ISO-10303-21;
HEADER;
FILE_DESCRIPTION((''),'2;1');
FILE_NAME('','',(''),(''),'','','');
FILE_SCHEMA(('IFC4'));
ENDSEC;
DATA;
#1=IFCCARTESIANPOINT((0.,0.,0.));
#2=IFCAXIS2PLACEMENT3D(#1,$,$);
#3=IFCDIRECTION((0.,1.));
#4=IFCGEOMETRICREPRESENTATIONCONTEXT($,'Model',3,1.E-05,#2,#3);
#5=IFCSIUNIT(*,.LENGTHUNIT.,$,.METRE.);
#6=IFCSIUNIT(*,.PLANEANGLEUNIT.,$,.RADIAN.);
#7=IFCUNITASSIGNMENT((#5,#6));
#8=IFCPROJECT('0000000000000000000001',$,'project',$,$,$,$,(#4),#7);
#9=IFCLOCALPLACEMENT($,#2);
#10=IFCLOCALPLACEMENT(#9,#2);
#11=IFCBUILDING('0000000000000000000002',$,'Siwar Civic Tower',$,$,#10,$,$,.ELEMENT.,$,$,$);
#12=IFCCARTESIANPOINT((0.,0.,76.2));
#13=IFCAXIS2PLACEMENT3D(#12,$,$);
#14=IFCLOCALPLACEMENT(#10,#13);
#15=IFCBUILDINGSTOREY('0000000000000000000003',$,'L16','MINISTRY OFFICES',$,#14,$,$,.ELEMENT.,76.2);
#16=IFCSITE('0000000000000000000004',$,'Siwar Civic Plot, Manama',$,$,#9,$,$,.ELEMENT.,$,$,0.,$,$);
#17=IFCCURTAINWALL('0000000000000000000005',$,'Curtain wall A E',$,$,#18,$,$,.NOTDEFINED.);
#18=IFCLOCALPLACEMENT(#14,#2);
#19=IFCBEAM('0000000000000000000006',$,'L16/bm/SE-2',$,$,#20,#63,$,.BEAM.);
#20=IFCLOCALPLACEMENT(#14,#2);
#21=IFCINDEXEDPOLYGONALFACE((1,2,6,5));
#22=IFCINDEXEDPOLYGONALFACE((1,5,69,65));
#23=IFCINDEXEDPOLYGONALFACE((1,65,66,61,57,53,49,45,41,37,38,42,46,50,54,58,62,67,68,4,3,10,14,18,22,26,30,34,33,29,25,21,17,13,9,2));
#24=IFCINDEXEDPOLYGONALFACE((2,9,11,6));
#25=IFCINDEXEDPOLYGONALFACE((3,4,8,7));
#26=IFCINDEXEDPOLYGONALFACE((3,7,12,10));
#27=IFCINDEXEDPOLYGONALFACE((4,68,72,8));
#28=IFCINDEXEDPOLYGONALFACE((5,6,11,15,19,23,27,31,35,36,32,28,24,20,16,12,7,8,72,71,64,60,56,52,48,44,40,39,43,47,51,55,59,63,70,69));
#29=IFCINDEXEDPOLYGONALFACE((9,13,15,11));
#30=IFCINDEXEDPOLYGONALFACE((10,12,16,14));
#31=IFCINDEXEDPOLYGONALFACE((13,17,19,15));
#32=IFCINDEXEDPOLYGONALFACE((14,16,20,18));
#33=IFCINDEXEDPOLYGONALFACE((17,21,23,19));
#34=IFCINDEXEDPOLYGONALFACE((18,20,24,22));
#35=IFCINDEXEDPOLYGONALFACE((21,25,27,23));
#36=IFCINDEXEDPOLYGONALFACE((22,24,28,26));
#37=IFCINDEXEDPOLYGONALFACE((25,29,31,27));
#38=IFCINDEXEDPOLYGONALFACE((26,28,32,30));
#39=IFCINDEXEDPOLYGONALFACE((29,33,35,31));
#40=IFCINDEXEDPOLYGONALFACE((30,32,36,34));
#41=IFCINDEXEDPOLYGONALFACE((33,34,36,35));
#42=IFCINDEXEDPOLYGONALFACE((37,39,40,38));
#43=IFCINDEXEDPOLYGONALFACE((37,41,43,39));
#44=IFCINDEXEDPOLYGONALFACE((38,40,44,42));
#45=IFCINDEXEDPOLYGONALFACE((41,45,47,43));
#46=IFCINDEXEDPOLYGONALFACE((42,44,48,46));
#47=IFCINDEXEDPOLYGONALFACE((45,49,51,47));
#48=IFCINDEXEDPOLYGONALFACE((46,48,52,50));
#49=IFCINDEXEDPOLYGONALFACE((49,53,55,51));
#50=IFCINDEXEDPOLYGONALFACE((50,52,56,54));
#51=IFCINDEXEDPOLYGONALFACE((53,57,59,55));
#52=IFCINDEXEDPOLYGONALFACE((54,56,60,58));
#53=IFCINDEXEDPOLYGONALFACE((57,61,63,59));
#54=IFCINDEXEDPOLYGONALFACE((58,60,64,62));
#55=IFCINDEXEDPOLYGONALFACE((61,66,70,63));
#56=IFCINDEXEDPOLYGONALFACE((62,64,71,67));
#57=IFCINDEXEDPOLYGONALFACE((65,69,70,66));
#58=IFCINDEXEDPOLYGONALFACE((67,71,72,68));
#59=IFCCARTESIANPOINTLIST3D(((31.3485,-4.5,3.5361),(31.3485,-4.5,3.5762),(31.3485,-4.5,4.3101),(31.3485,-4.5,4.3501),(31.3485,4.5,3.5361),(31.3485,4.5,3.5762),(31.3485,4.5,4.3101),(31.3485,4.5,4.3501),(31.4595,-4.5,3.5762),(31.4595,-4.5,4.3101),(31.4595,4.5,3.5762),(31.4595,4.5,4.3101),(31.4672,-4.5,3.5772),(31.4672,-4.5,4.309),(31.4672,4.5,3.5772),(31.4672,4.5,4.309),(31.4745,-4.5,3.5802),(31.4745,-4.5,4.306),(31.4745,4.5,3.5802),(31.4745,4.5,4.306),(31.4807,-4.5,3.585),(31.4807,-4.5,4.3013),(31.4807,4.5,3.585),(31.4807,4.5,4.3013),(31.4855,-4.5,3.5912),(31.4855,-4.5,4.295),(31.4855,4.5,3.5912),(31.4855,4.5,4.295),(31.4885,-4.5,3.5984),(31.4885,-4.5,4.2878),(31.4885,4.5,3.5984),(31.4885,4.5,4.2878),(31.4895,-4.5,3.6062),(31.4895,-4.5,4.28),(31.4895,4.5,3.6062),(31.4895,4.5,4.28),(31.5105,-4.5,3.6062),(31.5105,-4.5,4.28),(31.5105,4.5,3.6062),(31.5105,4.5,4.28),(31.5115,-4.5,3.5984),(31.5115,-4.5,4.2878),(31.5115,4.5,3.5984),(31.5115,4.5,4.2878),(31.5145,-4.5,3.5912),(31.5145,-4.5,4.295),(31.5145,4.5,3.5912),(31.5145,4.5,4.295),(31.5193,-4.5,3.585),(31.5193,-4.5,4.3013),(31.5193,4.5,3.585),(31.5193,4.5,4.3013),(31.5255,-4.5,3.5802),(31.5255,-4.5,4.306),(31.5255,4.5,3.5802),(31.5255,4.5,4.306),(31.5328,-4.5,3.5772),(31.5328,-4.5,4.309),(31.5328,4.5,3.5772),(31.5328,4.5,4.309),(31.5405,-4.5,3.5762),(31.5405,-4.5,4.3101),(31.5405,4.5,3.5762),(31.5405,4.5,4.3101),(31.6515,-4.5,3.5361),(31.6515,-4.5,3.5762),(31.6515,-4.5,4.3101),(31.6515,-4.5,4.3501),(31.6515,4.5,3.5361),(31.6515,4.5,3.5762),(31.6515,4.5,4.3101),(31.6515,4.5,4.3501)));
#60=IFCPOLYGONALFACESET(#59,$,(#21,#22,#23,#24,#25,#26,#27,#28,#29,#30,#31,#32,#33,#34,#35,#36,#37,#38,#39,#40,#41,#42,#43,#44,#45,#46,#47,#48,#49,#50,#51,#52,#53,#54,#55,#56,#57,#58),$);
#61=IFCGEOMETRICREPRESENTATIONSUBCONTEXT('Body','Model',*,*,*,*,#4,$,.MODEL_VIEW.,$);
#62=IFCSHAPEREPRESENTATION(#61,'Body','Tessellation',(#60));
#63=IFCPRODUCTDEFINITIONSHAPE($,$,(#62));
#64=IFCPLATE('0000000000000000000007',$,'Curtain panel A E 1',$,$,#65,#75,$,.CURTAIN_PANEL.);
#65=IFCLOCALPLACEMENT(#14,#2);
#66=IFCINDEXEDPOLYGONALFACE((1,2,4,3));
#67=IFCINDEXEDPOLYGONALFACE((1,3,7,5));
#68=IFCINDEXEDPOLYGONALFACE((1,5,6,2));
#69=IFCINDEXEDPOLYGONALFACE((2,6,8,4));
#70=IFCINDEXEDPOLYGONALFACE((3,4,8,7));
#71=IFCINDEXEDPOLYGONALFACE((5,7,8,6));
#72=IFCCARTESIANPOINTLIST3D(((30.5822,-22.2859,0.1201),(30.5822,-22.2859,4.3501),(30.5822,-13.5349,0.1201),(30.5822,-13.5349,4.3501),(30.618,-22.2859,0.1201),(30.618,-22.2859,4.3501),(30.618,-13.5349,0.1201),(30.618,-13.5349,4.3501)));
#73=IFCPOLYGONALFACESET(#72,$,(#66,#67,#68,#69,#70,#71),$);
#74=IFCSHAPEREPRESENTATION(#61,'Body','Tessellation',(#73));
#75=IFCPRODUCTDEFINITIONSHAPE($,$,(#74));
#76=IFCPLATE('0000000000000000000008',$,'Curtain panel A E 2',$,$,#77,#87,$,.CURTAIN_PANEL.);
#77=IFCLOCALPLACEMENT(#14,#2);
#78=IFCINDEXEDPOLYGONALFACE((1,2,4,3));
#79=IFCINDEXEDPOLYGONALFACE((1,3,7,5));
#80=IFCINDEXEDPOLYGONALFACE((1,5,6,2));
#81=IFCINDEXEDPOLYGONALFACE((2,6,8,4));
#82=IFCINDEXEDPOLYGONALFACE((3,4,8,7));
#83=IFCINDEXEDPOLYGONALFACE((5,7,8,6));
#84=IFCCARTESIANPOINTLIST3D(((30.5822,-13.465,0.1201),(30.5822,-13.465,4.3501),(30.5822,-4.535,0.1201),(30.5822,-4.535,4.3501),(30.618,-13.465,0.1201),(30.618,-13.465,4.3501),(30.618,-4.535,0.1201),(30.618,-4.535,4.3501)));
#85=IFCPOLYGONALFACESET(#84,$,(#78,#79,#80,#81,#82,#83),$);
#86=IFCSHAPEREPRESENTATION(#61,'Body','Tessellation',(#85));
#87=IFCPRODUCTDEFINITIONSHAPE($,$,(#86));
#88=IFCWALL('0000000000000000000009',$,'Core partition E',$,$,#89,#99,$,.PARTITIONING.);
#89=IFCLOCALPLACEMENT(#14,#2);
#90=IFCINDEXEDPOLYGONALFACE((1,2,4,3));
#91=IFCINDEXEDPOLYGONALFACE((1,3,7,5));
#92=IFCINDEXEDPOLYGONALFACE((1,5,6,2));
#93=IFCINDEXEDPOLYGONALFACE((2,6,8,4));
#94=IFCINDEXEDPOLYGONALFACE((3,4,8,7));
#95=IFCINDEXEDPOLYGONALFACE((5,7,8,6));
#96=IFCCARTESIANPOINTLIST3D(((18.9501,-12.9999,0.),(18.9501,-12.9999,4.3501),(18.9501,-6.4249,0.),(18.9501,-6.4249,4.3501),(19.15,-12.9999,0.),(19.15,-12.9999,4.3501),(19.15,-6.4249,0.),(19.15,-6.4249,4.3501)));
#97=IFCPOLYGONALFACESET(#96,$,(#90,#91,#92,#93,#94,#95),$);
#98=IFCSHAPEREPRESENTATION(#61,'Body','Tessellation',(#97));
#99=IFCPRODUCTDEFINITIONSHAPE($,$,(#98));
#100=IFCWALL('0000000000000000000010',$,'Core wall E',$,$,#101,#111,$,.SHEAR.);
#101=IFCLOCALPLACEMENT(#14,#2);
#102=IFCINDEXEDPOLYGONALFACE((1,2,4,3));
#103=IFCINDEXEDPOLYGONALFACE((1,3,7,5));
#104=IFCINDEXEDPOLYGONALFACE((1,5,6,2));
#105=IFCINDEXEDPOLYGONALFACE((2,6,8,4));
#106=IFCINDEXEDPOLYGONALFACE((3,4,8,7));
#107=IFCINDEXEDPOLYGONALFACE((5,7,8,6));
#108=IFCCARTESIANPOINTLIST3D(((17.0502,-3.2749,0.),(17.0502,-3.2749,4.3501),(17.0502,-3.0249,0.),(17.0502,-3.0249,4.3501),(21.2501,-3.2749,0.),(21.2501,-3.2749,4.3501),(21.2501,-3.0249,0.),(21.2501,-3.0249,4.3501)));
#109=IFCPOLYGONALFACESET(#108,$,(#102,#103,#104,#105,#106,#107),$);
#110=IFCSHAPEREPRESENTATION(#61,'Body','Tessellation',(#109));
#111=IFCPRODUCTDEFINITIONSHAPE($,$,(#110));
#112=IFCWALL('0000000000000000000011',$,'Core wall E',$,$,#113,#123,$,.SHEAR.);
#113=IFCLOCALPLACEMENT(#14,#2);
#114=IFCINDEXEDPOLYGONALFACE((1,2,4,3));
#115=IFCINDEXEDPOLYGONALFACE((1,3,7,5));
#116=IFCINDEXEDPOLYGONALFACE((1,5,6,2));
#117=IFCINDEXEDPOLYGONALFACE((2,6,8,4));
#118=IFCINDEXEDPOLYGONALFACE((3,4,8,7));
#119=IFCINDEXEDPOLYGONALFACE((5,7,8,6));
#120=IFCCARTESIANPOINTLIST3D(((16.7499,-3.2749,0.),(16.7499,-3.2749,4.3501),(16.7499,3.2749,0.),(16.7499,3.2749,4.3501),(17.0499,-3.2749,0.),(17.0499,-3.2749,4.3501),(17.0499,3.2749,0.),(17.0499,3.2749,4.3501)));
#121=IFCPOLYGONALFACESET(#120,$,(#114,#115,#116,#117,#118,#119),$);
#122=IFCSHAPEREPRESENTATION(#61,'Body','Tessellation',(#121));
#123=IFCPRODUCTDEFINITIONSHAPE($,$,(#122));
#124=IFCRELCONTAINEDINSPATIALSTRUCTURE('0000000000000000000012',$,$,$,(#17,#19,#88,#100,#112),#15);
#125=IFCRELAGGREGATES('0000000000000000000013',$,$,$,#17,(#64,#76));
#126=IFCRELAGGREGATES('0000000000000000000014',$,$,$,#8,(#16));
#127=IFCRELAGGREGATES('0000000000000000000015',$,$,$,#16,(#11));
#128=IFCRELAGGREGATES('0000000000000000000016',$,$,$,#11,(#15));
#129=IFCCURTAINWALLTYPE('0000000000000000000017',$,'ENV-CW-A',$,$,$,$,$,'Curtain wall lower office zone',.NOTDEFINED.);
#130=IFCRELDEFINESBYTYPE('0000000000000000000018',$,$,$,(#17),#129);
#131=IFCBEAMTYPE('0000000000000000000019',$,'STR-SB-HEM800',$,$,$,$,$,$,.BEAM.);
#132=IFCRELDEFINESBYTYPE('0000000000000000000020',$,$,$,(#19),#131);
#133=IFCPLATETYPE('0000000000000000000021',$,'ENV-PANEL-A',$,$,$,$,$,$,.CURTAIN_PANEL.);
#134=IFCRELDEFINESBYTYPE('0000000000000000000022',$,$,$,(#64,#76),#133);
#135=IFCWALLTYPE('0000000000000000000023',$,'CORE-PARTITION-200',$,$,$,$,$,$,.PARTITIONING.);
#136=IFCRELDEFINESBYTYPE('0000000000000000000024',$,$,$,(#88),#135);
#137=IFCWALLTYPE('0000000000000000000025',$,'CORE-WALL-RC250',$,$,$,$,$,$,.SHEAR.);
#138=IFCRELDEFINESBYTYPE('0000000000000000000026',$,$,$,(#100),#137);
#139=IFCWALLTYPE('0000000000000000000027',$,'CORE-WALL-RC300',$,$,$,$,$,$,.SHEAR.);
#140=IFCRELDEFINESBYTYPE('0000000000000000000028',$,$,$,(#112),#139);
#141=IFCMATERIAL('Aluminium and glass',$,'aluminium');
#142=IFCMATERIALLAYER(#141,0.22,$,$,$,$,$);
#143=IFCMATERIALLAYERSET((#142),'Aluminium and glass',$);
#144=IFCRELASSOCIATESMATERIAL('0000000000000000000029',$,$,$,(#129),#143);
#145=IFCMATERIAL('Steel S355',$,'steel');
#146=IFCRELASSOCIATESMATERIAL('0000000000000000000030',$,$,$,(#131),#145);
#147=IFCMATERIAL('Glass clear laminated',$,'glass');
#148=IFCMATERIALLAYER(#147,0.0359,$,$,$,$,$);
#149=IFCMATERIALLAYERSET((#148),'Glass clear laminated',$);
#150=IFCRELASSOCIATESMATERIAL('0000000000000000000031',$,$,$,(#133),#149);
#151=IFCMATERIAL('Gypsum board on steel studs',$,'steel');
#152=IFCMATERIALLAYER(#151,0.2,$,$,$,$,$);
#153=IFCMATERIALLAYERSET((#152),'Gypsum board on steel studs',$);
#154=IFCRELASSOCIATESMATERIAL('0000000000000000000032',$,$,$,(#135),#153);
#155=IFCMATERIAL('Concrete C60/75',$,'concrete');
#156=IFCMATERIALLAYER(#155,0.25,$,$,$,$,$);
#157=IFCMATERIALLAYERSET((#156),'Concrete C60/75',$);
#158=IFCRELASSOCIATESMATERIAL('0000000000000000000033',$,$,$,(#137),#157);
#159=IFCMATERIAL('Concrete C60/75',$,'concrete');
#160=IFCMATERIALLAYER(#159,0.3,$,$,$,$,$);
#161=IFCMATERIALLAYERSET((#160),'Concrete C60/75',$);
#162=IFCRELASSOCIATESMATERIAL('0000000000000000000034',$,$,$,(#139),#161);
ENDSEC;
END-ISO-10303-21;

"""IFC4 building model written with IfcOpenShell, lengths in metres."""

from ifc_helpers import new_model, si_unit, direction, frame, frame_2d, origin, origin_2d, place, context, subcontext, project, spatial, rectangle, i_section, extrude, material, layer, layer_set, material_profile, profile_set, type_object, element, aggregate, save


model = new_model("IFC4")

# Units and contexts
model_context = context("Model", 3, precision=1e-05, world=origin(), true_north=direction((0.0, 1.0)))
body_context = subcontext(model_context, "Body", "Model", "MODEL_VIEW")
ifc_project = project(units=[si_unit("LENGTHUNIT", "METRE"), si_unit("PLANEANGLEUNIT", "RADIAN")], contexts=[model_context])

# Site, building, storey
site_placement = place(None, origin())
site = spatial("IfcSite", under=ifc_project, at=site_placement, Name="Siwar Civic Plot, Manama", CompositionType="ELEMENT", RefElevation=0.0)
building_placement = place(site_placement, origin())
building = spatial("IfcBuilding", under=site, at=building_placement, Name="Siwar Civic Tower", CompositionType="ELEMENT")
storey_placement = place(building_placement, frame((0.0, 0.0, 76.2)))
storey = spatial("IfcBuildingStorey", under=building, at=storey_placement, Name="L16", Description="MINISTRY OFFICES", CompositionType="ELEMENT", Elevation=76.2)

# Curtain wall
ifc_material_1 = material(Name="Aluminium and glass", Category="aluminium")
ifc_layer_1 = layer(ifc_material_1, 0.22)
ifc_layer_set_1 = layer_set([ifc_layer_1], Name="Aluminium and glass")
curtain_wall_type = type_object("IfcCurtainWallType", Name="ENV-CW-A", ElementType="Curtain wall lower office zone", PredefinedType="NOTDEFINED", material=ifc_layer_set_1)
curtain_wall_placement = place(storey_placement, origin())
curtain_wall = element("IfcCurtainWall", 1, at=curtain_wall_placement, inside=storey, type_object=curtain_wall_type, Name="Curtain wall A E", PredefinedType="NOTDEFINED")

# Beam
ifc_material_2 = material(Name="Steel S355", Category="steel")
ifc_material_profile_1 = material_profile(ifc_material_2, i_section(OverallWidth=0.303, OverallDepth=0.814, WebThickness=0.021, FlangeThickness=0.04, FilletRadius=0.03, at=origin_2d()), Name="HEM800")
ifc_profile_set_1 = profile_set([ifc_material_profile_1], Name="Steel S355")
beam_type_1 = type_object("IfcBeamType", Name="STR-SB-HEM800", PredefinedType="BEAM", material=ifc_profile_set_1)
for number, where, z_axis, x_axis, name in (
    (2, (31.5, -4.5, 3.9431), (0.0, 1.0, 0.0), (-1.0, 0.0, 0.0), "L16/bm/SE-2"),
):
    element("IfcBeam", number, at=place(storey_placement, frame(where, z_axis=z_axis, x_axis=x_axis)), inside=storey, type_object=beam_type_1, Name=name, PredefinedType="BEAM", context=body_context, shape_type="SweptSolid", body=[
        extrude(i_section(OverallWidth=0.303, OverallDepth=0.814, WebThickness=0.021, FlangeThickness=0.04, FilletRadius=0.03, at=origin_2d()), origin(), (0.0, 0.0, 1.0), 9.0),
    ])

# Plates
ifc_material_3 = material(Name="Glass clear laminated", Category="glass")
ifc_layer_2 = layer(ifc_material_3, 0.0359)
ifc_layer_set_2 = layer_set([ifc_layer_2], Name="Glass clear laminated")
plate_type = type_object("IfcPlateType", Name="ENV-PANEL-A", PredefinedType="CURTAIN_PANEL", material=ifc_layer_set_2)
plate_1_placement = place(storey_placement, frame((30.6001, -17.9104, 0.1201), z_axis=(0.0, 0.0, 1.0), x_axis=(0.0, 1.0, 0.0)))
plate_1 = element("IfcPlate", 3, at=plate_1_placement, type_object=plate_type, Name="Curtain panel A E 1", PredefinedType="CURTAIN_PANEL", context=body_context, shape_type="SweptSolid", body=[
    extrude(rectangle(XDim=8.751, YDim=0.0359, at=origin_2d()), origin(), (0.0, 0.0, 1.0), 4.23),
])
plate_2_placement = place(storey_placement, frame((30.6001, -9.0, 0.1201), z_axis=(0.0, 0.0, 1.0), x_axis=(0.0, 1.0, 0.0)))
plate_2 = element("IfcPlate", 4, at=plate_2_placement, type_object=plate_type, Name="Curtain panel A E 2", PredefinedType="CURTAIN_PANEL", context=body_context, shape_type="SweptSolid", body=[
    extrude(rectangle(XDim=8.9299, YDim=0.0359, at=origin_2d()), origin(), (0.0, 0.0, 1.0), 4.23),
])
aggregate(curtain_wall, [plate_1, plate_2])

# Walls
ifc_material_4 = material(Name="Gypsum board on steel studs", Category="steel")
ifc_layer_3 = layer(ifc_material_4, 0.2)
ifc_layer_set_3 = layer_set([ifc_layer_3], Name="Gypsum board on steel studs")
wall_type_1 = type_object("IfcWallType", Name="CORE-PARTITION-200", PredefinedType="PARTITIONING", material=ifc_layer_set_3)
wall_1_placement = place(storey_placement, frame((19.05, -13.0, 0.0), z_axis=(0.0, 0.0, 1.0), x_axis=(0.0, 1.0, 0.0)))
element("IfcWall", 5, at=wall_1_placement, inside=storey, type_object=wall_type_1, Name="Core partition E", PredefinedType="PARTITIONING", context=body_context, shape_type="SweptSolid", body=[
    extrude(rectangle(XDim=6.575, YDim=0.2, at=frame_2d((3.2876, 0.0))), origin(), (0.0, 0.0, 1.0), 4.3501),
])
ifc_material_5 = material(Name="Concrete C60/75", Category="concrete")
ifc_layer_4 = layer(ifc_material_5, 0.25)
ifc_layer_set_4 = layer_set([ifc_layer_4], Name="Concrete C60/75")
wall_type_2 = type_object("IfcWallType", Name="CORE-WALL-RC250", PredefinedType="SHEAR", material=ifc_layer_set_4)
wall_2_placement = place(storey_placement, frame((17.05, -3.1499, 0.0), z_axis=(0.0, 0.0, 1.0), x_axis=(1.0, 0.0, 0.0)))
element("IfcWall", 6, at=wall_2_placement, inside=storey, type_object=wall_type_2, Name="Core wall E", PredefinedType="SHEAR", context=body_context, shape_type="SweptSolid", body=[
    extrude(rectangle(XDim=4.2, YDim=0.25, at=frame_2d((2.1001, 0.0))), origin(), (0.0, 0.0, 1.0), 4.3501),
])
ifc_material_6 = material(Name="Concrete C60/75", Category="concrete")
ifc_layer_5 = layer(ifc_material_6, 0.3)
ifc_layer_set_5 = layer_set([ifc_layer_5], Name="Concrete C60/75")
wall_type_3 = type_object("IfcWallType", Name="CORE-WALL-RC300", PredefinedType="SHEAR", material=ifc_layer_set_5)
wall_3_placement = place(storey_placement, frame((16.8999, -3.2749, 0.0), z_axis=(0.0, 0.0, 1.0), x_axis=(0.0, 1.0, 0.0)))
element("IfcWall", 7, at=wall_3_placement, inside=storey, type_object=wall_type_3, Name="Core wall E", PredefinedType="SHEAR", context=body_context, shape_type="SweptSolid", body=[
    extrude(rectangle(XDim=6.5498, YDim=0.3, at=frame_2d((3.2749, 0.0))), origin(), (0.0, 0.0, 1.0), 4.3501),
])

save(model, "model.ifc")
